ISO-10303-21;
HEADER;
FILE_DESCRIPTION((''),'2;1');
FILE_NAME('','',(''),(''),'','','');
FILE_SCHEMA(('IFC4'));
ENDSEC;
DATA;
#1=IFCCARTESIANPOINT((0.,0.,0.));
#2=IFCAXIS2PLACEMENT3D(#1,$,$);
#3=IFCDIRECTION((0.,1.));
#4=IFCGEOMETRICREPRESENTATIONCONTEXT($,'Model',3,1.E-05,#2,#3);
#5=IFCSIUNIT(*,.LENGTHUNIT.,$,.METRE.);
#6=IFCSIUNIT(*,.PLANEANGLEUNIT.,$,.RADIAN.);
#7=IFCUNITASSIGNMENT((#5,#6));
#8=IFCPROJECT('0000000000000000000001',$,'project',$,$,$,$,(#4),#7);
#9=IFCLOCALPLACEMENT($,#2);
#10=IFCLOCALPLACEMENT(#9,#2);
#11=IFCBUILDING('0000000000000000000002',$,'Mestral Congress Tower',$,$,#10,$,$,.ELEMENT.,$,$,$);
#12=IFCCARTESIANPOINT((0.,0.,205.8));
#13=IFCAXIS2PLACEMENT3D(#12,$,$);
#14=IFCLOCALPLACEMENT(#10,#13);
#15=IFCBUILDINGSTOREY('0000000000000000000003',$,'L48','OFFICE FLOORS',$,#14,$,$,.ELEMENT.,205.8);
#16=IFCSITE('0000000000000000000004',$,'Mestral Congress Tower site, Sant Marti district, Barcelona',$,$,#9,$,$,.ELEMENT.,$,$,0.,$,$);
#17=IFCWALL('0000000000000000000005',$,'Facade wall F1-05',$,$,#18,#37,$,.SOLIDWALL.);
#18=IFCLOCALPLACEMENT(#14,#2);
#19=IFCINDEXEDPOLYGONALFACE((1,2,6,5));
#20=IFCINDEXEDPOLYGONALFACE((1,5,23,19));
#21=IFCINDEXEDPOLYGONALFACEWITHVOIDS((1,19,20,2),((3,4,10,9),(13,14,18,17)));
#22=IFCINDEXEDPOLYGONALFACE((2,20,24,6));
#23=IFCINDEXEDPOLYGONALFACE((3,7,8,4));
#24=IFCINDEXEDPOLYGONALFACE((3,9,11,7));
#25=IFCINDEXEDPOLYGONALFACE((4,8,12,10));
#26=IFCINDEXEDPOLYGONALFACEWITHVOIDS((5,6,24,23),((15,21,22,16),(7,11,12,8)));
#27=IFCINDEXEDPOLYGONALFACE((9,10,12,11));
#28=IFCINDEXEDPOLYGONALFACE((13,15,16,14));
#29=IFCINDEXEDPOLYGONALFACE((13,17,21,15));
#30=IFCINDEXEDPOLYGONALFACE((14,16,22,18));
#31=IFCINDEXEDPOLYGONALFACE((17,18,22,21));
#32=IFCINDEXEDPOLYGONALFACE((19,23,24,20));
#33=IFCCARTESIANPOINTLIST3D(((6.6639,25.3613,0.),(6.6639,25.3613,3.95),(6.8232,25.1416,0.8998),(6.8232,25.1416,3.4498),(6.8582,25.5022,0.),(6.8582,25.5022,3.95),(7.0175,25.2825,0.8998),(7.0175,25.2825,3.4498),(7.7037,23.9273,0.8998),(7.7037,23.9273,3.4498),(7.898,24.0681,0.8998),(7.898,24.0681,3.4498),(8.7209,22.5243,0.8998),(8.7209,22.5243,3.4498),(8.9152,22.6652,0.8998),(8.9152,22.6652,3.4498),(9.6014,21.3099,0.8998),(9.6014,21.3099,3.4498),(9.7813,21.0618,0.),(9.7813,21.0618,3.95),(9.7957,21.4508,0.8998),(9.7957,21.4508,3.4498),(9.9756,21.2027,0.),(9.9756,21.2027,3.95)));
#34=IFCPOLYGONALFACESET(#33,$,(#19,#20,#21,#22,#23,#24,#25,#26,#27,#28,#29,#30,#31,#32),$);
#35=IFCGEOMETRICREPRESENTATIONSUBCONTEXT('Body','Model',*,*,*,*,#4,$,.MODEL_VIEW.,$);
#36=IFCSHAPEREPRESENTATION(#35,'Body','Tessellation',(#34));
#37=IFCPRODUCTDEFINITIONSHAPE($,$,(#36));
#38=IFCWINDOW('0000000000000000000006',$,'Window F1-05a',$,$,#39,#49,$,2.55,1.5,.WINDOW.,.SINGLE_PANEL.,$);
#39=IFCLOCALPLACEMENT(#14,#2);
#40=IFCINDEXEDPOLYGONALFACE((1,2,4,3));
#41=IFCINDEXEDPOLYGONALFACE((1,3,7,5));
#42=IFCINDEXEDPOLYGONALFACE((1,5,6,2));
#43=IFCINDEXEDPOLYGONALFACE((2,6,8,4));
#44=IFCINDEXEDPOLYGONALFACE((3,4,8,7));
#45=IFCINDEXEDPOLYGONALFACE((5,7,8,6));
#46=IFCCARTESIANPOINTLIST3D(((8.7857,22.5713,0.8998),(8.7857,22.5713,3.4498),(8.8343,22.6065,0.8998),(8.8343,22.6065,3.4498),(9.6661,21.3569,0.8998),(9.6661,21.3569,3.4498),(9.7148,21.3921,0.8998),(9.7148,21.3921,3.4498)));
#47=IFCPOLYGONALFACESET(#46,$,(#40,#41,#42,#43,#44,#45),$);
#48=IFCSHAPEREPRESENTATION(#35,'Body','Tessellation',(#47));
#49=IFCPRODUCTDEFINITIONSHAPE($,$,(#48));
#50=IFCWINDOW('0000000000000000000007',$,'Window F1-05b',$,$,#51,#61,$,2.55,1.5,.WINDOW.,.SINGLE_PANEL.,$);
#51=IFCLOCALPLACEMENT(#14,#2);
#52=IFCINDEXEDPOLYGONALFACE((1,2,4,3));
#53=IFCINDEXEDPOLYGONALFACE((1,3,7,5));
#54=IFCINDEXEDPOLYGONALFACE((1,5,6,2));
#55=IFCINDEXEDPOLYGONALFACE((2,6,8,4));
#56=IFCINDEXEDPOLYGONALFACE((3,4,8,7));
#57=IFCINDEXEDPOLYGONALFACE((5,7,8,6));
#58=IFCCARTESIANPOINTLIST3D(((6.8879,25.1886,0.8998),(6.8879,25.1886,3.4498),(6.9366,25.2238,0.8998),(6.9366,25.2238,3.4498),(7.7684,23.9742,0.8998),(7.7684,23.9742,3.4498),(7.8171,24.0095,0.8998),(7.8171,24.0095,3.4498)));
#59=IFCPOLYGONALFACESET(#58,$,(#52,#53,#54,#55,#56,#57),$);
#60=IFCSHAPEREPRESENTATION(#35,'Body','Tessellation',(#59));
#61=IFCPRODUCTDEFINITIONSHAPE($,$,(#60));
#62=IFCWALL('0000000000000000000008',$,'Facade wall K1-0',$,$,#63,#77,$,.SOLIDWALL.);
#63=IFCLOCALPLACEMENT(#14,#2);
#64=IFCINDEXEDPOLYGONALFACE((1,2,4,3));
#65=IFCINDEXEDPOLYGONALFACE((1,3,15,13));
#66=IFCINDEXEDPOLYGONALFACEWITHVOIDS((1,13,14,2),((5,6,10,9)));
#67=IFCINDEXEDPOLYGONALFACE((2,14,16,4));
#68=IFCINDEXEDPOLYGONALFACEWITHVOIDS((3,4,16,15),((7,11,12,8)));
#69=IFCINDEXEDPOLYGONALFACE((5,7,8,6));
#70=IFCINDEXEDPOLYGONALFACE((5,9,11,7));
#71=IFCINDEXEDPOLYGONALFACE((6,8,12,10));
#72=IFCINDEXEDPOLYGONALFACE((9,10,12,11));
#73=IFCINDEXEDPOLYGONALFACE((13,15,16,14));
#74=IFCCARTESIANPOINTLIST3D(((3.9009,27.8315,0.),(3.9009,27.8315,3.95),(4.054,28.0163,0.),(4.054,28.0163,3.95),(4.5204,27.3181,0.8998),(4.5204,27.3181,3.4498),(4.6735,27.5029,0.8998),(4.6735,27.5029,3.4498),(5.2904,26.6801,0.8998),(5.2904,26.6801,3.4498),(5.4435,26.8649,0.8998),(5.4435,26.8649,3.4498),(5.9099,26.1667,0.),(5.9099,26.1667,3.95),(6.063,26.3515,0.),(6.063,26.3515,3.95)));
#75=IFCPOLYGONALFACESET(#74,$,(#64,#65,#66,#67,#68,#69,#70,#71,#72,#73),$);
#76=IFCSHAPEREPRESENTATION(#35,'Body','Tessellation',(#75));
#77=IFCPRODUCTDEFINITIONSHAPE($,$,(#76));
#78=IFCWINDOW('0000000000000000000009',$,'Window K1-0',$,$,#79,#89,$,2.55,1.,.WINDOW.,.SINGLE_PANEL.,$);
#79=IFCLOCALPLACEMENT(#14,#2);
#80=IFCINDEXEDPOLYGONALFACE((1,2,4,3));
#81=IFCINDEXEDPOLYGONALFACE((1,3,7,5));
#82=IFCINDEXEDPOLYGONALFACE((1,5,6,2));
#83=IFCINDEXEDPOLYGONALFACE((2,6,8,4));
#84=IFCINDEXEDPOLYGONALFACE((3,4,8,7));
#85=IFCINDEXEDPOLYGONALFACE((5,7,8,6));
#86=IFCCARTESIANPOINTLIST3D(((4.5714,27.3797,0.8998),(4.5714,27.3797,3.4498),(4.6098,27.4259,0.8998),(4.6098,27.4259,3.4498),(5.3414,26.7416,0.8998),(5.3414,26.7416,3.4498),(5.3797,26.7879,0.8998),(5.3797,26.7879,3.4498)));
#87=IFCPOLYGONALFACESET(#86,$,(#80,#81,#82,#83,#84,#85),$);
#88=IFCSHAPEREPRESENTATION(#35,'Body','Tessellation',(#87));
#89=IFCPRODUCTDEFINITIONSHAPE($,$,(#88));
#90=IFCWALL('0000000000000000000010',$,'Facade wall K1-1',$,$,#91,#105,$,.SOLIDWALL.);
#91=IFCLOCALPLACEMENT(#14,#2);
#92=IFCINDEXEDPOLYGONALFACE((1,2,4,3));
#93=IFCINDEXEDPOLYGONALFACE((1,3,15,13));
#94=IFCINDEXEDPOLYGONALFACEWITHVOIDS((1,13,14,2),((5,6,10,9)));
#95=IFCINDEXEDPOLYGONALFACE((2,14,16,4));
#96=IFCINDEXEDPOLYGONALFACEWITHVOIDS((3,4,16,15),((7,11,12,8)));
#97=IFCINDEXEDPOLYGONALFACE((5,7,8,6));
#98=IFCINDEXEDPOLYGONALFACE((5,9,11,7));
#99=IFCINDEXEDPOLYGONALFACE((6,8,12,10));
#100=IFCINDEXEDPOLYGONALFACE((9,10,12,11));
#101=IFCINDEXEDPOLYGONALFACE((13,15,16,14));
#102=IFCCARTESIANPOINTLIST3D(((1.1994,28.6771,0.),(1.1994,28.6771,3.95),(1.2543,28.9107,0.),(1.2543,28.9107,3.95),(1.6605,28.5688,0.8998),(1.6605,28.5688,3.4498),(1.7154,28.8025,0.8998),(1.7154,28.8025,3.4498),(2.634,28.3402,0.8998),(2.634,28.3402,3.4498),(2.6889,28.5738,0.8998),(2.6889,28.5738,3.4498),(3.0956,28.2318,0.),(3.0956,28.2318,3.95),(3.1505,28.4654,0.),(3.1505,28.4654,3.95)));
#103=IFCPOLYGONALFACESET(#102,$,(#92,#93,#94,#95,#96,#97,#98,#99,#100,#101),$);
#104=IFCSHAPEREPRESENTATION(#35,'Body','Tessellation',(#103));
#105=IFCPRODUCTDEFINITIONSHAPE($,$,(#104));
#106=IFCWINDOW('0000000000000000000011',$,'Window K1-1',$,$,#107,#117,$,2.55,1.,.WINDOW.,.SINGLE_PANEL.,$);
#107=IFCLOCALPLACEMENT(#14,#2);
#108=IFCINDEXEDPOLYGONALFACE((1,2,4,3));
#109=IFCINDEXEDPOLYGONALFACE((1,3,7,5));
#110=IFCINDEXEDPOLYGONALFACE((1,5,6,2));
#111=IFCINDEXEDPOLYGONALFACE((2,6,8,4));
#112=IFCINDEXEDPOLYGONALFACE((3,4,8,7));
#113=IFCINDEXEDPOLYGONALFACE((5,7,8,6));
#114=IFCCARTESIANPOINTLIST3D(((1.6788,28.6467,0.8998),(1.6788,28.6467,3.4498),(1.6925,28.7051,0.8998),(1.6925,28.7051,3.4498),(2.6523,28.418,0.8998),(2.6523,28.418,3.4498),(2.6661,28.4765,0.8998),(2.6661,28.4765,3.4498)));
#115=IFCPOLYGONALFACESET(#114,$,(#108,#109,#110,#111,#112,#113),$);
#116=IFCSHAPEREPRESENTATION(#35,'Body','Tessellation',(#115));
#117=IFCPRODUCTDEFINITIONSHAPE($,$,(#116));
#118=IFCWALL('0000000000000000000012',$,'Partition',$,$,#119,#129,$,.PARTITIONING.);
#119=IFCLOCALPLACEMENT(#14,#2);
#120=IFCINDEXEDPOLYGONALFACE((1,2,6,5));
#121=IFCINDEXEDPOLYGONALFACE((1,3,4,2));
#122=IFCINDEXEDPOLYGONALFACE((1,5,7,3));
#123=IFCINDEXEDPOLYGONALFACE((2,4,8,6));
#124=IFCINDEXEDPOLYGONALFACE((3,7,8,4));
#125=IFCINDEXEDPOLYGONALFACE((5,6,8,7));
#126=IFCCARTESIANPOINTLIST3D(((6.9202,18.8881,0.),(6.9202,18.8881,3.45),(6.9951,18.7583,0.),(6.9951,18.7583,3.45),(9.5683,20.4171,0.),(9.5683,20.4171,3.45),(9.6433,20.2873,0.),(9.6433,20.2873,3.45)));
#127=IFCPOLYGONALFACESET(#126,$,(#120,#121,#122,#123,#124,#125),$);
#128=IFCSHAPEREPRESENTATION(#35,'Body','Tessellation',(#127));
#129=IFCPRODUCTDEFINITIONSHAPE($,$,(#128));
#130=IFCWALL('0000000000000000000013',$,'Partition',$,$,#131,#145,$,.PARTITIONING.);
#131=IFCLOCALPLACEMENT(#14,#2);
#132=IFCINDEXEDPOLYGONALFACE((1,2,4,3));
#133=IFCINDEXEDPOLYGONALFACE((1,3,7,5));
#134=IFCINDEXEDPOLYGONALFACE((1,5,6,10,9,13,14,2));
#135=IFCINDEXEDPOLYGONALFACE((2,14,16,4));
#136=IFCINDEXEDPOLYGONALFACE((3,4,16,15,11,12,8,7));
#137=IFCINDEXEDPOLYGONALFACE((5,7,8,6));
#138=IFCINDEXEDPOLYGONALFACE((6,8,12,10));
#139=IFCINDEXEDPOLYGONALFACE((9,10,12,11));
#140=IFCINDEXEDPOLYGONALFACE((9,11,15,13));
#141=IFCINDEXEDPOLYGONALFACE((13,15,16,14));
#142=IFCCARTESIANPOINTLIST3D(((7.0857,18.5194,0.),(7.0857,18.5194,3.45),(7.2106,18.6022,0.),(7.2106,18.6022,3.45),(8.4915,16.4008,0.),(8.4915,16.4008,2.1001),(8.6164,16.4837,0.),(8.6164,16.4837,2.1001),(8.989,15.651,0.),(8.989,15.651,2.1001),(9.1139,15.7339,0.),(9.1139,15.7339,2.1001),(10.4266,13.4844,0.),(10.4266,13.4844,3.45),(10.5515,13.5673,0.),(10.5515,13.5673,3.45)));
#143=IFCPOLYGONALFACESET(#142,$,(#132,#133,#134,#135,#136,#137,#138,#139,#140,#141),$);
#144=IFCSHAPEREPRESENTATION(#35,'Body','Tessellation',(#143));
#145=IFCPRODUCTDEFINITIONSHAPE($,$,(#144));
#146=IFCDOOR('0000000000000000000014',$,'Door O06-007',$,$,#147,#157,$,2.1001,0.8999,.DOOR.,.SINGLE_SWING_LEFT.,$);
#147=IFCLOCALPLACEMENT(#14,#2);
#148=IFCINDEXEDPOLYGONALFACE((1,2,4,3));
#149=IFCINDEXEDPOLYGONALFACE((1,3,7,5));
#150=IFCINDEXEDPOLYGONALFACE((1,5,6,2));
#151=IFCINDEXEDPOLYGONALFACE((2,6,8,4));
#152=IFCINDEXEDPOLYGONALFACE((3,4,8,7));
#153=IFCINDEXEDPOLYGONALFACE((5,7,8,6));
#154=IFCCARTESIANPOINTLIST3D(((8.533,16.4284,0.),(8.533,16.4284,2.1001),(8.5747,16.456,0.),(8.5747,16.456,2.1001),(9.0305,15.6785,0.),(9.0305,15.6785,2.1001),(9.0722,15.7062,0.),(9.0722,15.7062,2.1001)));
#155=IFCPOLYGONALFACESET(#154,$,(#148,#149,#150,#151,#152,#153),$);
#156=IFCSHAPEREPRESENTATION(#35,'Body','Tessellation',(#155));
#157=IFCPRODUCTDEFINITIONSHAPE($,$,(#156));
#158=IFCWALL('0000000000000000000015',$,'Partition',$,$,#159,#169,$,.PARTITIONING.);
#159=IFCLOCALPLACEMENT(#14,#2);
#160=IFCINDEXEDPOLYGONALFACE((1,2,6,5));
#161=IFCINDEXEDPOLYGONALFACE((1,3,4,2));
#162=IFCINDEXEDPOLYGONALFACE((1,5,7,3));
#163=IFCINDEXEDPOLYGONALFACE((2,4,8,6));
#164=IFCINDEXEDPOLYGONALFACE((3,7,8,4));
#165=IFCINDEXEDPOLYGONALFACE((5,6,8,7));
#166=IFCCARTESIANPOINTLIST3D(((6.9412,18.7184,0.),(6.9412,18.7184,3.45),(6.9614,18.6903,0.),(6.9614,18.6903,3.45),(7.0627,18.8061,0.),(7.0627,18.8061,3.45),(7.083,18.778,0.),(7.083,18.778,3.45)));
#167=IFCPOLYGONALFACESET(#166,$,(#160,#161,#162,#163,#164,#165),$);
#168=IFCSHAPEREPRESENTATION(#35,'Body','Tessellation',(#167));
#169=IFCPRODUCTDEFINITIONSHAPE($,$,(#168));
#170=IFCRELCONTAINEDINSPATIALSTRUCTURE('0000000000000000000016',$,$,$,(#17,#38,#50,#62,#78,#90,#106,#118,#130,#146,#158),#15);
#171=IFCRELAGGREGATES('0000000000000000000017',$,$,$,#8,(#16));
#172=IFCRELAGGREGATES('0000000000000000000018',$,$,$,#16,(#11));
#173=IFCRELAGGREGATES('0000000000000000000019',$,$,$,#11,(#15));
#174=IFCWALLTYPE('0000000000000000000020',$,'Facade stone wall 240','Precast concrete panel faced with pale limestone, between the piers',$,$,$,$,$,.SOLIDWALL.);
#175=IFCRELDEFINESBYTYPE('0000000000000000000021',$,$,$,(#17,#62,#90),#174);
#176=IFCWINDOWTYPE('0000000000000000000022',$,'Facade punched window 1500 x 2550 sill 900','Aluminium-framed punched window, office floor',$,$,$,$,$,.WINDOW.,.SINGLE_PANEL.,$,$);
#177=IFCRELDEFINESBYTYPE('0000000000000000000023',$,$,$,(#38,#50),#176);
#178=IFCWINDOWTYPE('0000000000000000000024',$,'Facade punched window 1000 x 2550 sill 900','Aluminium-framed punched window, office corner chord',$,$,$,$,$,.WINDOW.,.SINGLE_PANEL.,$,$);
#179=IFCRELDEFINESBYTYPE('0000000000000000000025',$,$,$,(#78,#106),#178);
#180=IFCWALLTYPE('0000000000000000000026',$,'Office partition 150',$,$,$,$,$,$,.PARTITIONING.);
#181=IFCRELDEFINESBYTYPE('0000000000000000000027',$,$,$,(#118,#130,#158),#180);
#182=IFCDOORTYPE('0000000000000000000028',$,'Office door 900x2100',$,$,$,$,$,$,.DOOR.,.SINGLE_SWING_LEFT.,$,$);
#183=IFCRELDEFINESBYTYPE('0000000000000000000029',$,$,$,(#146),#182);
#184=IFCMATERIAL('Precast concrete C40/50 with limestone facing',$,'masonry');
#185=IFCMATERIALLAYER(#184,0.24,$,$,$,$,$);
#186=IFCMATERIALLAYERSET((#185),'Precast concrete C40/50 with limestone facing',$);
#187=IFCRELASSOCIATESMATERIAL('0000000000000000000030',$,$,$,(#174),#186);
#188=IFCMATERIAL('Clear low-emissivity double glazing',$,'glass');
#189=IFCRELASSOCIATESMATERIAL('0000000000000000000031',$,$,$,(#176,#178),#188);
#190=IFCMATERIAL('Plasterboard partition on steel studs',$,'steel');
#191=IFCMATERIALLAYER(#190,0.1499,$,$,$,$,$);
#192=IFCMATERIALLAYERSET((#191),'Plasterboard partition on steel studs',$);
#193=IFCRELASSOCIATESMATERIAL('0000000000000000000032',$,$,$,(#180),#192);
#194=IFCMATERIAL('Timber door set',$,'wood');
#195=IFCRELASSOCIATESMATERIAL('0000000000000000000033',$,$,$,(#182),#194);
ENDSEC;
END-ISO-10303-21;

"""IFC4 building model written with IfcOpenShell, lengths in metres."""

from ifc_helpers import new_model, si_unit, direction, frame, frame_2d, origin, place, context, subcontext, project, spatial, rectangle, extrude, material, layer, layer_set, type_object, element, fill, save


model = new_model("IFC4")

# Units and contexts
model_context = context("Model", 3, precision=1e-05, world=origin(), true_north=direction((0.0, 1.0)))
body_context = subcontext(model_context, "Body", "Model", "MODEL_VIEW")
ifc_project = project(units=[si_unit("LENGTHUNIT", "METRE"), si_unit("PLANEANGLEUNIT", "RADIAN")], contexts=[model_context])

# Site, building, storey
site_placement = place(None, origin())
site = spatial("IfcSite", under=ifc_project, at=site_placement, Name="Mestral Congress Tower site, Sant Marti district, Barcelona", CompositionType="ELEMENT", RefElevation=0.0)
building_placement = place(site_placement, origin())
building = spatial("IfcBuilding", under=site, at=building_placement, Name="Mestral Congress Tower", CompositionType="ELEMENT")
storey_placement = place(building_placement, frame((0.0, 0.0, 205.8)))
storey = spatial("IfcBuildingStorey", under=building, at=storey_placement, Name="L48", Description="OFFICE FLOORS", CompositionType="ELEMENT", Elevation=205.8)

# Wall, openings, windows
ifc_material_1 = material(Name="Precast concrete C40/50 with limestone facing", Category="masonry")
ifc_layer_1 = layer(ifc_material_1, 0.24)
ifc_layer_set_1 = layer_set([ifc_layer_1], Name="Precast concrete C40/50 with limestone facing")
wall_type_1 = type_object("IfcWallType", Name="Facade stone wall 240", Description="Precast concrete panel faced with pale limestone, between the piers", PredefinedType="SOLIDWALL", material=ifc_layer_set_1)
wall_1_placement = place(storey_placement, frame((9.8784, 21.1323, 0.0), z_axis=(0.0, 0.0, 1.0), x_axis=(-0.586998, 0.809588, 0.0)))
wall_1 = element("IfcWall", 1, at=wall_1_placement, inside=storey, type_object=wall_type_1, Name="Facade wall F1-05", PredefinedType="SOLIDWALL", context=body_context, shape_type="SweptSolid", body=[
    extrude(rectangle(XDim=5.3108, YDim=0.24, at=frame_2d((2.6553, 0.0))), origin(), (0.0, 0.0, 1.0), 3.95),
])
opening_1_placement = place(wall_1_placement, frame((0.3064, 0.0, 0.8999)))
opening_1 = element("IfcOpeningElement", 2, at=opening_1_placement, cuts=wall_1, PredefinedType="OPENING", context=body_context, shape_type="SweptSolid", body=[
    extrude(rectangle(XDim=1.5, YDim=2.55, at=frame_2d((0.75, 1.2749))), frame((0.0, 0.1299, 0.0), z_axis=(0.0, -1.0, 0.0), x_axis=(1.0, 0.0, 0.0)), (0.0, 0.0, 1.0), 0.26),
])
opening_2_placement = place(wall_1_placement, frame((3.5393, 0.0, 0.8999)))
opening_2 = element("IfcOpeningElement", 3, at=opening_2_placement, cuts=wall_1, PredefinedType="OPENING", context=body_context, shape_type="SweptSolid", body=[
    extrude(rectangle(XDim=1.5, YDim=2.55, at=frame_2d((0.75, 1.2749))), frame((0.0, 0.1299, 0.0), z_axis=(0.0, -1.0, 0.0), x_axis=(1.0, 0.0, 0.0)), (0.0, 0.0, 1.0), 0.26),
])
ifc_material_2 = material(Name="Clear low-emissivity double glazing", Category="glass")
window_type_1 = type_object("IfcWindowType", Name="Facade punched window 1500 x 2550 sill 900", Description="Aluminium-framed punched window, office floor", PartitioningType="SINGLE_PANEL", PredefinedType="WINDOW", material=ifc_material_2)
window_1_placement = place(opening_1_placement, origin())
window_1 = element("IfcWindow", 4, at=window_1_placement, inside=storey, type_object=window_type_1, Name="Window F1-05a", OverallHeight=2.55, OverallWidth=1.5, PartitioningType="SINGLE_PANEL", PredefinedType="WINDOW", context=body_context, shape_type="SweptSolid", body=[
    extrude(rectangle(XDim=1.5, YDim=2.55, at=frame_2d((0.75, 1.2749))), frame((0.0, 0.04, 0.0), z_axis=(0.0, -1.0, 0.0), x_axis=(1.0, 0.0, 0.0)), (0.0, 0.0, 1.0), 0.0601),
])
fill(opening_1, window_1)
window_2_placement = place(opening_2_placement, origin())
window_2 = element("IfcWindow", 5, at=window_2_placement, inside=storey, type_object=window_type_1, Name="Window F1-05b", OverallHeight=2.55, OverallWidth=1.5, PartitioningType="SINGLE_PANEL", PredefinedType="WINDOW", context=body_context, shape_type="SweptSolid", body=[
    extrude(rectangle(XDim=1.5, YDim=2.55, at=frame_2d((0.75, 1.2749))), frame((0.0, 0.04, 0.0), z_axis=(0.0, -1.0, 0.0), x_axis=(1.0, 0.0, 0.0)), (0.0, 0.0, 1.0), 0.0601),
])
fill(opening_2, window_2)

# Walls, openings, windows
wall_2_placement = place(storey_placement, frame((5.9866, 26.259, 0.0), z_axis=(0.0, 0.0, 1.0), x_axis=(-0.76999, 0.638056, 0.0)))
wall_2 = element("IfcWall", 6, at=wall_2_placement, inside=storey, type_object=wall_type_1, Name="Facade wall K1-0", PredefinedType="SOLIDWALL", context=body_context, shape_type="SweptSolid", body=[
    extrude(rectangle(XDim=2.6091, YDim=0.24, at=frame_2d((1.3047, 0.0))), origin(), (0.0, 0.0, 1.0), 3.95),
])
opening_3_placement = place(wall_2_placement, frame((0.8047, 0.0, 0.8999)))
opening_3 = element("IfcOpeningElement", 7, at=opening_3_placement, cuts=wall_2, PredefinedType="OPENING", context=body_context, shape_type="SweptSolid", body=[
    extrude(rectangle(XDim=1.0, YDim=2.55, at=frame_2d((0.5, 1.2749))), frame((0.0, 0.1299, 0.0), z_axis=(0.0, -1.0, 0.0), x_axis=(1.0, 0.0, 0.0)), (0.0, 0.0, 1.0), 0.26),
])
window_type_2 = type_object("IfcWindowType", Name="Facade punched window 1000 x 2550 sill 900", Description="Aluminium-framed punched window, office corner chord", PartitioningType="SINGLE_PANEL", PredefinedType="WINDOW", material=ifc_material_2)
window_3_placement = place(opening_3_placement, origin())
window_3 = element("IfcWindow", 8, at=window_3_placement, inside=storey, type_object=window_type_2, Name="Window K1-0", OverallHeight=2.55, OverallWidth=1.0, PartitioningType="SINGLE_PANEL", PredefinedType="WINDOW", context=body_context, shape_type="SweptSolid", body=[
    extrude(rectangle(XDim=1.0, YDim=2.55, at=frame_2d((0.5, 1.2749))), frame((0.0, 0.04, 0.0), z_axis=(0.0, -1.0, 0.0), x_axis=(1.0, 0.0, 0.0)), (0.0, 0.0, 1.0), 0.0601),
])
fill(opening_3, window_3)
wall_3_placement = place(storey_placement, frame((3.123, 28.3486, 0.0), z_axis=(0.0, 0.0, 1.0), x_axis=(-0.973516, 0.22862, 0.0)))
wall_3 = element("IfcWall", 9, at=wall_3_placement, inside=storey, type_object=wall_type_1, Name="Facade wall K1-1", PredefinedType="SOLIDWALL", context=body_context, shape_type="SweptSolid", body=[
    extrude(rectangle(XDim=1.9478, YDim=0.24, at=frame_2d((0.9739, 0.0))), origin(), (0.0, 0.0, 1.0), 3.95),
])
opening_4_placement = place(wall_3_placement, frame((0.4741, 0.0, 0.8999)))
opening_4 = element("IfcOpeningElement", 10, at=opening_4_placement, cuts=wall_3, PredefinedType="OPENING", context=body_context, shape_type="SweptSolid", body=[
    extrude(rectangle(XDim=1.0, YDim=2.55, at=frame_2d((0.5, 1.2749))), frame((0.0, 0.1299, 0.0), z_axis=(0.0, -1.0, 0.0), x_axis=(1.0, 0.0, 0.0)), (0.0, 0.0, 1.0), 0.26),
])
window_4_placement = place(opening_4_placement, origin())
window_4 = element("IfcWindow", 11, at=window_4_placement, inside=storey, type_object=window_type_2, Name="Window K1-1", OverallHeight=2.55, OverallWidth=1.0, PartitioningType="SINGLE_PANEL", PredefinedType="WINDOW", context=body_context, shape_type="SweptSolid", body=[
    extrude(rectangle(XDim=1.0, YDim=2.55, at=frame_2d((0.5, 1.2749))), frame((0.0, 0.04, 0.0), z_axis=(0.0, -1.0, 0.0), x_axis=(1.0, 0.0, 0.0)), (0.0, 0.0, 1.0), 0.0601),
])
fill(opening_4, window_4)

# Wall
ifc_material_3 = material(Name="Plasterboard partition on steel studs", Category="steel")
ifc_layer_2 = layer(ifc_material_3, 0.1499)
ifc_layer_set_2 = layer_set([ifc_layer_2], Name="Plasterboard partition on steel studs")
wall_type_2 = type_object("IfcWallType", Name="Office partition 150", PredefinedType="PARTITIONING", material=ifc_layer_set_2)
wall_4_placement = place(storey_placement, frame((6.9578, 18.8232, 0.0), z_axis=(0.0, 0.0, 1.0), x_axis=(0.866009, 0.500029, 0.0)))
element("IfcWall", 12, at=wall_4_placement, inside=storey, type_object=wall_type_2, Name="Partition", PredefinedType="PARTITIONING", context=body_context, shape_type="SweptSolid", body=[
    extrude(rectangle(XDim=3.0579, YDim=0.1499, at=frame_2d((1.5288, 0.0))), origin(), (0.0, 0.0, 1.0), 3.45),
])

# Wall, opening, door
wall_5_placement = place(storey_placement, frame((7.1482, 18.5608, 0.0), z_axis=(0.0, 0.0, 1.0), x_axis=(0.55289, -0.833254, 0.0)))
wall_5 = element("IfcWall", 13, at=wall_5_placement, inside=storey, type_object=wall_type_2, Name="Partition", PredefinedType="PARTITIONING", context=body_context, shape_type="SweptSolid", body=[
    extrude(rectangle(XDim=6.0425, YDim=0.1499, at=frame_2d((3.0212, 0.0))), origin(), (0.0, 0.0, 1.0), 3.45),
])
opening_5_placement = place(wall_5_placement, frame((2.5425, 0.0, 0.0)))
opening_5 = element("IfcOpeningElement", 14, at=opening_5_placement, cuts=wall_5, PredefinedType="OPENING", context=body_context, shape_type="SweptSolid", body=[
    extrude(rectangle(XDim=0.8999, YDim=2.1001, at=frame_2d((0.45, 1.05))), frame((0.0, 0.085, 0.0), z_axis=(0.0, -1.0, 0.0), x_axis=(1.0, 0.0, 0.0)), (0.0, 0.0, 1.0), 0.1699),
])
ifc_material_4 = material(Name="Timber door set", Category="wood")
door_type = type_object("IfcDoorType", Name="Office door 900x2100", OperationType="SINGLE_SWING_LEFT", PredefinedType="DOOR", material=ifc_material_4)
door_1_placement = place(opening_5_placement, origin())
door_1 = element("IfcDoor", 15, at=door_1_placement, inside=storey, type_object=door_type, Name="Door O06-007", OperationType="SINGLE_SWING_LEFT", OverallHeight=2.1001, OverallWidth=0.8999, PredefinedType="DOOR", context=body_context, shape_type="SweptSolid", body=[
    extrude(rectangle(XDim=0.8999, YDim=2.1001, at=frame_2d((0.45, 1.05))), frame((0.0, 0.0249, 0.0), z_axis=(0.0, -1.0, 0.0), x_axis=(1.0, 0.0, 0.0)), (0.0, 0.0, 1.0), 0.05),
])
fill(opening_5, door_1)

# Wall
wall_6_placement = place(storey_placement, frame((7.0222, 18.7341, 0.0), z_axis=(0.0, 0.0, 1.0), x_axis=(-0.585233, 0.810865, 0.0)))
element("IfcWall", 16, at=wall_6_placement, inside=storey, type_object=wall_type_2, Name="Partition", PredefinedType="PARTITIONING", context=body_context, shape_type="SweptSolid", body=[
    extrude(rectangle(XDim=0.0347, YDim=0.1499, at=frame_2d((0.0173, 0.0))), origin(), (0.0, 0.0, 1.0), 3.45),
])

save(model, "model.ifc")
